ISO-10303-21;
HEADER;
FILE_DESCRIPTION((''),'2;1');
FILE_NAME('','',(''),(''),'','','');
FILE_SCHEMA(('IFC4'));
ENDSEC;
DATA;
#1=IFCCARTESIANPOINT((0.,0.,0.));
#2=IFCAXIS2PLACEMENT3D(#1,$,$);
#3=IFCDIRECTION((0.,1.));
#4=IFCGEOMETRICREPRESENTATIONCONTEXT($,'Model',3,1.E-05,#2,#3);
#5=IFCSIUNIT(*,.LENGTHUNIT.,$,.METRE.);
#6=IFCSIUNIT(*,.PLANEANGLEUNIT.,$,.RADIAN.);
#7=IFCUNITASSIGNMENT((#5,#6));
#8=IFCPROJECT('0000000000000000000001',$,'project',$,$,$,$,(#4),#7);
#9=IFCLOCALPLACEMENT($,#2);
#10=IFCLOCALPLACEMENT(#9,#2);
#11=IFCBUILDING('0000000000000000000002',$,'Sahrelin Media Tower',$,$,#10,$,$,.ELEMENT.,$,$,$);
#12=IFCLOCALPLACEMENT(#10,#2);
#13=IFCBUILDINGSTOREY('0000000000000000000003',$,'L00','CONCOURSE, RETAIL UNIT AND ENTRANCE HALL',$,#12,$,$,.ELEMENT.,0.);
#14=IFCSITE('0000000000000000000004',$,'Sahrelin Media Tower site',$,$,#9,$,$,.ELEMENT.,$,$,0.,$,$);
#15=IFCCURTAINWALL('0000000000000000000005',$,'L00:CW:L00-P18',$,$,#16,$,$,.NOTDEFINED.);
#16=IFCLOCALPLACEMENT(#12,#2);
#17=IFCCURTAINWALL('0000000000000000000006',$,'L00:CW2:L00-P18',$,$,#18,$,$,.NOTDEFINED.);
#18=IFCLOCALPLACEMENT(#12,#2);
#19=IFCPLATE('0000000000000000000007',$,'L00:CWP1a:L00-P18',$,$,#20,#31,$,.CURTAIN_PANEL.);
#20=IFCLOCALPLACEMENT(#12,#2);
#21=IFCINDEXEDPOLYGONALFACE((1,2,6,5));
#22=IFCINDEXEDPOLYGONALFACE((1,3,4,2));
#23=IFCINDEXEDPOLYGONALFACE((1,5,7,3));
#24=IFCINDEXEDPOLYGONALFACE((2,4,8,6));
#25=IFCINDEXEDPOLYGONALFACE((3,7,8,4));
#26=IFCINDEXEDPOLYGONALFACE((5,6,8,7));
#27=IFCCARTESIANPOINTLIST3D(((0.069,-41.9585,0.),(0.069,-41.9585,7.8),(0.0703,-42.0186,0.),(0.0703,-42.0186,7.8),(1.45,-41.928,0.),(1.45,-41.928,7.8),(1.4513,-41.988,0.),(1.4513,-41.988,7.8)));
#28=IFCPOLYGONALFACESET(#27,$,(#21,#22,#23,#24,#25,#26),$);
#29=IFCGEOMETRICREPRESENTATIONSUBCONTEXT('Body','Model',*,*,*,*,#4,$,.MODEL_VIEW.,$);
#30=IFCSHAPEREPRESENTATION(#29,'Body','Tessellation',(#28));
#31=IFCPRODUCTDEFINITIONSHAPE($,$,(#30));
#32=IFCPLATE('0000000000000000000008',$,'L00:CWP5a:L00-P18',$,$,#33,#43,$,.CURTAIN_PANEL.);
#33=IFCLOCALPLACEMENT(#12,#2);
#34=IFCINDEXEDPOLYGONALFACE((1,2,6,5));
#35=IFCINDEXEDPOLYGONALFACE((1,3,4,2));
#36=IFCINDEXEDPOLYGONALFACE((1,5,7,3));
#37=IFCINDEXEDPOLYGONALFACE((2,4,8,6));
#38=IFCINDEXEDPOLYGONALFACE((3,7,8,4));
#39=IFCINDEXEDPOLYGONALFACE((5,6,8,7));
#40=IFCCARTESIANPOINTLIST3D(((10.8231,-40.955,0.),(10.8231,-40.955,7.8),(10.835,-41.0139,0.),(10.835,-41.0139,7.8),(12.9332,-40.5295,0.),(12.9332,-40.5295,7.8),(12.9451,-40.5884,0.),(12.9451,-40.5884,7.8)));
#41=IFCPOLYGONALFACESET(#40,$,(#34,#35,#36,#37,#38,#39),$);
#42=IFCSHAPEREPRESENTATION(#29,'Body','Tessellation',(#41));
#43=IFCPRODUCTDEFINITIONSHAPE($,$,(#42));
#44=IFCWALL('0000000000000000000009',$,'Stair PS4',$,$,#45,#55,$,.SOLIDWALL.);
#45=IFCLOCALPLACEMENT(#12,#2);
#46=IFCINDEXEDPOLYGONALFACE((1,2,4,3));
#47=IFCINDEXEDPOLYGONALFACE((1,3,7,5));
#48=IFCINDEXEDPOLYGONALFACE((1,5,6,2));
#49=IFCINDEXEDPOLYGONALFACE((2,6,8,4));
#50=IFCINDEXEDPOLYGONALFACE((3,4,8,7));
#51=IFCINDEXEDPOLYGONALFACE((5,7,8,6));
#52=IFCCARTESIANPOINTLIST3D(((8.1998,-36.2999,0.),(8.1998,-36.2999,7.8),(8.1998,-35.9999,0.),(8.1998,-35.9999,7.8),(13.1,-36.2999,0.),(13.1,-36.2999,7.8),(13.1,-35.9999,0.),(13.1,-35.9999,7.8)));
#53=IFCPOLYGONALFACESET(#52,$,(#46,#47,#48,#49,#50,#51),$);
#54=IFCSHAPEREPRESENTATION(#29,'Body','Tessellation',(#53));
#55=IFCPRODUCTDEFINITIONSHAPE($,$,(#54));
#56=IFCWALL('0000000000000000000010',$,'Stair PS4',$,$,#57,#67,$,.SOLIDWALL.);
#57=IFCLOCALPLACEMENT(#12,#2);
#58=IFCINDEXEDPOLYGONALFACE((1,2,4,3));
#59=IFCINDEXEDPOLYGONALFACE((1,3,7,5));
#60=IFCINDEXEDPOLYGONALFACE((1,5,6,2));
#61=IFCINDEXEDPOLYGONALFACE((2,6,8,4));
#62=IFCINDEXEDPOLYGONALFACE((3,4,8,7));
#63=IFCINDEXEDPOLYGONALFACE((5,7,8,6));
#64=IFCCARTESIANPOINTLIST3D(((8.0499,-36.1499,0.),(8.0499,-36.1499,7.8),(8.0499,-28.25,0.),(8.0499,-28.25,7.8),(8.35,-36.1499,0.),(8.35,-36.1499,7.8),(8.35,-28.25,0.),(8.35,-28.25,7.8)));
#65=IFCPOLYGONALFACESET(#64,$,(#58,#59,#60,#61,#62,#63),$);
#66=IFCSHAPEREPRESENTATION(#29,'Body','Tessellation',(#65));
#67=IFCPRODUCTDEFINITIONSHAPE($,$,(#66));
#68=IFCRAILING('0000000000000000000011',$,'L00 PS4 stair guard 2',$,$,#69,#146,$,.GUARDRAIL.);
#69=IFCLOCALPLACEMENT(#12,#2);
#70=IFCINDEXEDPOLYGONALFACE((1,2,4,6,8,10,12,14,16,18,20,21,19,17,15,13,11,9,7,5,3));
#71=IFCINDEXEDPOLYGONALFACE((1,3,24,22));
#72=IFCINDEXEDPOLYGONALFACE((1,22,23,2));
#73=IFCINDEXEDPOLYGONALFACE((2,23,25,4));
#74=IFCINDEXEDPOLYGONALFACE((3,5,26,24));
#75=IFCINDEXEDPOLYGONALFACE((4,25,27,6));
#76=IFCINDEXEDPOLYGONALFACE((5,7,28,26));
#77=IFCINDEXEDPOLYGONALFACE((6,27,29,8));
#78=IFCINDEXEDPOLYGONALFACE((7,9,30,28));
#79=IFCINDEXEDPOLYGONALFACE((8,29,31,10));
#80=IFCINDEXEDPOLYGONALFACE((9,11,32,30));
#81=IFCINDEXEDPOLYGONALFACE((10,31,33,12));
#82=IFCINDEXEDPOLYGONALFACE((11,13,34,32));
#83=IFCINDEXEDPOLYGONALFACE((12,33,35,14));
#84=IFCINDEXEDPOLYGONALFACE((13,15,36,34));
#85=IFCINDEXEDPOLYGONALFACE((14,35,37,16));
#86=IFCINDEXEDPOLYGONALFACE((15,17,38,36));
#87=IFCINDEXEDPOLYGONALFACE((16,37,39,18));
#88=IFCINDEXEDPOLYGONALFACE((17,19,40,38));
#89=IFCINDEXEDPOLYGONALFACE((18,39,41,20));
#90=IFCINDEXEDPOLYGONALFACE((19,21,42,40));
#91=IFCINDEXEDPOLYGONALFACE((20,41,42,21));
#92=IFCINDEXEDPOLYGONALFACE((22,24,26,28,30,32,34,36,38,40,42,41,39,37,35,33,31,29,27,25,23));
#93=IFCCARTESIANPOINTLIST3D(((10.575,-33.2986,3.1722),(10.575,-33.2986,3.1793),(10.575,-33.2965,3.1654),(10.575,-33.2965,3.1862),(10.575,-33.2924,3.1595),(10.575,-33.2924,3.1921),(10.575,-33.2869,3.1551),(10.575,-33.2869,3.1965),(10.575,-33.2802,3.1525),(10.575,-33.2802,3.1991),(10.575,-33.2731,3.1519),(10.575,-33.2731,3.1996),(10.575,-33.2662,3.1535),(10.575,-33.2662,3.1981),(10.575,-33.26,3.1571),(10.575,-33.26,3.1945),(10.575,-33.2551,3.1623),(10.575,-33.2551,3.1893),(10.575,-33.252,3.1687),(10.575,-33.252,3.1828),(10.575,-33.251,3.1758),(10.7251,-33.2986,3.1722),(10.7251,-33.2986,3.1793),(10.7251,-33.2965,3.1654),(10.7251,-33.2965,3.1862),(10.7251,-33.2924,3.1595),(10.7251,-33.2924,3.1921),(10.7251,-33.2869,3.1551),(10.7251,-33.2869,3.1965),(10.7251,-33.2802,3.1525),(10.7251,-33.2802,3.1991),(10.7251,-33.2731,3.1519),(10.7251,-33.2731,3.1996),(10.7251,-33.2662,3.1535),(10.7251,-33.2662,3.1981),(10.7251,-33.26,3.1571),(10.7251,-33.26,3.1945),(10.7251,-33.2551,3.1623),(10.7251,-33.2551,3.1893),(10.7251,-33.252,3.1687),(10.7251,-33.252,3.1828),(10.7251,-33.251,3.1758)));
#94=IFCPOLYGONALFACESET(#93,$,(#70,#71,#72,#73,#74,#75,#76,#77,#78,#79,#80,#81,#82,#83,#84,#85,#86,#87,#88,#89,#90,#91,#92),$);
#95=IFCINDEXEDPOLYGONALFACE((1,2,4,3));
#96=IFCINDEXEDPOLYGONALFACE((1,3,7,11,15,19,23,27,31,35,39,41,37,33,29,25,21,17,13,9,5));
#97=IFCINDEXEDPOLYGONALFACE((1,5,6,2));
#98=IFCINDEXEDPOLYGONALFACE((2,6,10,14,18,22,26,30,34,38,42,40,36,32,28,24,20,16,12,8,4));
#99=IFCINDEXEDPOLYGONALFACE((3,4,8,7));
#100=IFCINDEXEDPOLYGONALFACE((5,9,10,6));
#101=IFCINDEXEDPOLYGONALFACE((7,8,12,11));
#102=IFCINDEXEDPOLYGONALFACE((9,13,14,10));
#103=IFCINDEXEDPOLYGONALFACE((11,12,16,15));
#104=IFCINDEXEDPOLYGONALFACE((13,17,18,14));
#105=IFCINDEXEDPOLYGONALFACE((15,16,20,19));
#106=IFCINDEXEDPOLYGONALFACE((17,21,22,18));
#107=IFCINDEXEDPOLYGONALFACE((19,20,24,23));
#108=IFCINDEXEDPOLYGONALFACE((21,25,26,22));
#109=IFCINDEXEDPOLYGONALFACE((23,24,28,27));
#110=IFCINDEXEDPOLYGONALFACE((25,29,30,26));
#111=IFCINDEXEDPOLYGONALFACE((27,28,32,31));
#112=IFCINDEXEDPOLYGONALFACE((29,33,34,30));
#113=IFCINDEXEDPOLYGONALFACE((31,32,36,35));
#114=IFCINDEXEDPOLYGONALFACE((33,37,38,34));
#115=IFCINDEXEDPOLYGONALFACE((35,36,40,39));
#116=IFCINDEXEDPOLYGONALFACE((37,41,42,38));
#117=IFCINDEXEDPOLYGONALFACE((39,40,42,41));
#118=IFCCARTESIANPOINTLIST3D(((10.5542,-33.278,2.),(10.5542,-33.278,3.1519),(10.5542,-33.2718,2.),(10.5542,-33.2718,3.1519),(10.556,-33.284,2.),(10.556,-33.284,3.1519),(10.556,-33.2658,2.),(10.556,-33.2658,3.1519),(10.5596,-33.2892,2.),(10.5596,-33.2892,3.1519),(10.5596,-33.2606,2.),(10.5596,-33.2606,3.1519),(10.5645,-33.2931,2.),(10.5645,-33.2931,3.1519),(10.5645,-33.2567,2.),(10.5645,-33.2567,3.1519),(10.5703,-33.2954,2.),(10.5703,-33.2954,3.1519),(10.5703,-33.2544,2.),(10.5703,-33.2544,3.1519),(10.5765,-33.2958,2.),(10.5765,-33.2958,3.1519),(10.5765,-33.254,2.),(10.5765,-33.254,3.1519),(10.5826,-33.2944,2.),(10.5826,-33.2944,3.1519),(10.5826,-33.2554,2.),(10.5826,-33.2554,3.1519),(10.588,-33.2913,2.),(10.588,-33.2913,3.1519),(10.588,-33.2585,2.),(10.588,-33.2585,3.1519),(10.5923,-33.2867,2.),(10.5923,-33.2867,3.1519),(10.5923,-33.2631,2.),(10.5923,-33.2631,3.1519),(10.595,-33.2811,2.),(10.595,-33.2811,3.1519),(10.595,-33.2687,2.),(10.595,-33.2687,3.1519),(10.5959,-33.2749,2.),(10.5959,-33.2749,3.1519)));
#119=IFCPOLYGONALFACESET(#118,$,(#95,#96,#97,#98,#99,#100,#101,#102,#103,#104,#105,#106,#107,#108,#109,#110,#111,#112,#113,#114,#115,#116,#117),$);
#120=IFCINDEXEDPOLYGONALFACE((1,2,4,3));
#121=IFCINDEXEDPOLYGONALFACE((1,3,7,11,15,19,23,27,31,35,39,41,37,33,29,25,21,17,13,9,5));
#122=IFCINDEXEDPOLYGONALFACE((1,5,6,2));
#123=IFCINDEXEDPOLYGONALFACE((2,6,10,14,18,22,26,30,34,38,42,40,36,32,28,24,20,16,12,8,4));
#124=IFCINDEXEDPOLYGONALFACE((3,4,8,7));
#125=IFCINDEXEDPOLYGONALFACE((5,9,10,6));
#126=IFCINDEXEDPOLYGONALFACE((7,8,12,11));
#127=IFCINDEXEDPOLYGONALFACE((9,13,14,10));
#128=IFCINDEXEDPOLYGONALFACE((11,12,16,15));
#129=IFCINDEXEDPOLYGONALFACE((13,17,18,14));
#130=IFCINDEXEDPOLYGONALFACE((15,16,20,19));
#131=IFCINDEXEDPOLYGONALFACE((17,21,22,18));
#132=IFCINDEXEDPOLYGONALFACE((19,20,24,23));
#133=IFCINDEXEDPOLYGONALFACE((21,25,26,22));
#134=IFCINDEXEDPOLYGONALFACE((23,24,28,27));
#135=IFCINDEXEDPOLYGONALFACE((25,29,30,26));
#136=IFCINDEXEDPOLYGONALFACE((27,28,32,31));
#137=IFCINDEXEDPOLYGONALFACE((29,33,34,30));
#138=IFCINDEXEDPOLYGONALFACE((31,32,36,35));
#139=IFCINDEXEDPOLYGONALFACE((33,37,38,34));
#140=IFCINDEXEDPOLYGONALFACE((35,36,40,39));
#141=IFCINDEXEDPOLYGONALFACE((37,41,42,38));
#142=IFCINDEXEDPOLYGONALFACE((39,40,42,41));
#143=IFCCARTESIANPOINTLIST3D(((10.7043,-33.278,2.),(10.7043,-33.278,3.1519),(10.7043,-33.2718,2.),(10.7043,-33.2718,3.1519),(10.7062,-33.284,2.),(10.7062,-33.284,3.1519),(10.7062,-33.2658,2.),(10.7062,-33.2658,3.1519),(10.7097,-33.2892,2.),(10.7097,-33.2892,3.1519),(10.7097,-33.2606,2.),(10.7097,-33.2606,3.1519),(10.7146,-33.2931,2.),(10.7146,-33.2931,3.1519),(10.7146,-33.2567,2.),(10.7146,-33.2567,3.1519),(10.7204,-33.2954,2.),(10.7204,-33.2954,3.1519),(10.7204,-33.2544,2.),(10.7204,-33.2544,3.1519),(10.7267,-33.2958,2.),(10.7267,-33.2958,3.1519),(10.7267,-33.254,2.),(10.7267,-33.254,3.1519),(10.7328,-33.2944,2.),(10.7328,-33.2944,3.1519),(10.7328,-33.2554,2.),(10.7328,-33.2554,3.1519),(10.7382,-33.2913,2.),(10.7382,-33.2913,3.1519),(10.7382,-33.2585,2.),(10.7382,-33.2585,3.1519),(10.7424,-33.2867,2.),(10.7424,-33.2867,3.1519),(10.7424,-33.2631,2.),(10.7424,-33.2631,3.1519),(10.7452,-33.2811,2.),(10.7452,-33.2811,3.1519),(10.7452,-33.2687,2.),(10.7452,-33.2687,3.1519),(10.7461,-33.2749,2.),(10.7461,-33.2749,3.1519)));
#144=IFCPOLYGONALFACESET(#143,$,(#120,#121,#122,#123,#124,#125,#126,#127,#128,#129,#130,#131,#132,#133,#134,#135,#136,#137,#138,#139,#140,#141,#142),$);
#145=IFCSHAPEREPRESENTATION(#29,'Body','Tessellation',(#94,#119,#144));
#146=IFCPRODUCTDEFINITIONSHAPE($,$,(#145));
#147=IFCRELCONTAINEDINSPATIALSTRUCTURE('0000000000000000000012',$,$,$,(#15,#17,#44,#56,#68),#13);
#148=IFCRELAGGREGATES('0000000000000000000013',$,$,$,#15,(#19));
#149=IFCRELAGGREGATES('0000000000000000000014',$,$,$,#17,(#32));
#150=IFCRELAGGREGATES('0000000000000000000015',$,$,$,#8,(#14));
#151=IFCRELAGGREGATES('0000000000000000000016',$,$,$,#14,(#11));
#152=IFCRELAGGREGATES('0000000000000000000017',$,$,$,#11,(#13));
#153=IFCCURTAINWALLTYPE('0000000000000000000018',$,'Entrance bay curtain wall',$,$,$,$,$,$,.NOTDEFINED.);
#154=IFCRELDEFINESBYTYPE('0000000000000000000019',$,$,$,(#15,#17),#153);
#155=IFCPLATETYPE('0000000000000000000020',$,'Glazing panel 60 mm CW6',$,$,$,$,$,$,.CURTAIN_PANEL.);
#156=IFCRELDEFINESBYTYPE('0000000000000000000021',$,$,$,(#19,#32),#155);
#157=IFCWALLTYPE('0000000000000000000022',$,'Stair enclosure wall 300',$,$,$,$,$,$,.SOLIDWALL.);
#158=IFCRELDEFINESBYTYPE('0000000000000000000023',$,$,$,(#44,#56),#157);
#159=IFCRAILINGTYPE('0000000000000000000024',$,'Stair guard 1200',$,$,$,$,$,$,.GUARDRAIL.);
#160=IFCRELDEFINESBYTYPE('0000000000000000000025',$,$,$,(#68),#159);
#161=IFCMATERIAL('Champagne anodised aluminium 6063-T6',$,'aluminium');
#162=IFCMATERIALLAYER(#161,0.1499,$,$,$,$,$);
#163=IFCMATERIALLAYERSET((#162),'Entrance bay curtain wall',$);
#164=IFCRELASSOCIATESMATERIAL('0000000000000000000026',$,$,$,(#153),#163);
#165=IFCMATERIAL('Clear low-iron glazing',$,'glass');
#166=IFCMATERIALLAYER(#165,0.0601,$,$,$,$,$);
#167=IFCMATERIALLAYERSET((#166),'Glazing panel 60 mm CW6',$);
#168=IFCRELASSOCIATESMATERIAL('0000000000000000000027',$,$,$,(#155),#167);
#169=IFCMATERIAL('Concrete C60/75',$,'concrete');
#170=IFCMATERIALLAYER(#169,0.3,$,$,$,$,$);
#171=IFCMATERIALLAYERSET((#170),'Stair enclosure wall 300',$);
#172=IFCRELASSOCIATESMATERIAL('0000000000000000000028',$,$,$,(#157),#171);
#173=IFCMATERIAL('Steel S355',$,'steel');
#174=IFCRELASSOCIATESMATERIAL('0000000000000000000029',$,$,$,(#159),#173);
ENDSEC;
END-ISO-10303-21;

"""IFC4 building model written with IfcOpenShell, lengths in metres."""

from ifc_helpers import new_model, si_unit, direction, frame, frame_2d, origin, origin_2d, place, context, subcontext, project, spatial, polyline, rectangle, circle, outline, extrude, material, layer, layer_set, type_object, element, aggregate, save


model = new_model("IFC4")

# Units and contexts
model_context = context("Model", 3, precision=1e-05, world=origin(), true_north=direction((0.0, 1.0)))
body_context = subcontext(model_context, "Body", "Model", "MODEL_VIEW")
ifc_project = project(units=[si_unit("LENGTHUNIT", "METRE"), si_unit("PLANEANGLEUNIT", "RADIAN")], contexts=[model_context])

# Site, building, storey
site_placement = place(None, origin())
site = spatial("IfcSite", under=ifc_project, at=site_placement, Name="Sahrelin Media Tower site", CompositionType="ELEMENT", RefElevation=0.0)
building_placement = place(site_placement, origin())
building = spatial("IfcBuilding", under=site, at=building_placement, Name="Sahrelin Media Tower", CompositionType="ELEMENT")
storey_placement = place(building_placement, origin())
storey = spatial("IfcBuildingStorey", under=building, at=storey_placement, Name="L00", Description="CONCOURSE, RETAIL UNIT AND ENTRANCE HALL", CompositionType="ELEMENT", Elevation=0.0)

# Shared definitions
ifc_material_1 = material(Name="Champagne anodised aluminium 6063-T6", Category="aluminium")

# Shared definitions
ifc_material_2 = material(Name="Steel S355", Category="steel")

# Curtain walls
ifc_layer_1 = layer(ifc_material_1, 0.1499)
ifc_layer_set_1 = layer_set([ifc_layer_1], Name="Entrance bay curtain wall")
curtain_wall_type_1 = type_object("IfcCurtainWallType", Name="Entrance bay curtain wall", PredefinedType="NOTDEFINED", material=ifc_layer_set_1)
curtain_wall_1_placement = place(storey_placement, frame((0.0, -42.0, 0.0), z_axis=(0.0, 0.0, 1.0), x_axis=(1.0, 0.0, 0.0)))
curtain_wall_1 = element("IfcCurtainWall", 1, at=curtain_wall_1_placement, inside=storey, type_object=curtain_wall_type_1, Name="L00:CW:L00-P18", PredefinedType="NOTDEFINED")
curtain_wall_2_placement = place(storey_placement, frame((10.8311, -40.9944, 0.0), z_axis=(0.0, 0.0, 1.0), x_axis=(1.0, 0.0, 0.0)))
curtain_wall_2 = element("IfcCurtainWall", 2, at=curtain_wall_2_placement, inside=storey, type_object=curtain_wall_type_1, Name="L00:CW2:L00-P18", PredefinedType="NOTDEFINED")

# Plates
ifc_material_3 = material(Name="Clear low-iron glazing", Category="glass")
ifc_layer_2 = layer(ifc_material_3, 0.0601)
ifc_layer_set_2 = layer_set([ifc_layer_2], Name="Glazing panel 60 mm CW6")
plate_type_1 = type_object("IfcPlateType", Name="Glazing panel 60 mm CW6", PredefinedType="CURTAIN_PANEL", material=ifc_layer_set_2)
plate_1_placement = place(storey_placement, frame((0.0703, -42.0186, 0.0), z_axis=(0.022091, -0.999756, 0.0), x_axis=(0.999756, 0.022091, 0.0)))
plate_1 = element("IfcPlate", 3, at=plate_1_placement, type_object=plate_type_1, Name="L00:CWP1a:L00-P18", PredefinedType="CURTAIN_PANEL", context=body_context, shape_type="SweptSolid", body=[
    extrude(outline(polyline([(0.0, 0.0), (1.3813, 0.0), (1.3813, 7.8), (0.0, 7.8), (0.0, 0.0)])), origin(), (0.0, 0.0, -1.0), 0.0601),
])
aggregate(curtain_wall_1, [plate_1])
plate_2_placement = place(storey_placement, frame((10.835, -41.0139, 0.0), z_axis=(0.197686, -0.980265, 0.0), x_axis=(0.980265, 0.197686, 0.0)))
plate_2 = element("IfcPlate", 4, at=plate_2_placement, type_object=plate_type_1, Name="L00:CWP5a:L00-P18", PredefinedType="CURTAIN_PANEL", context=body_context, shape_type="SweptSolid", body=[
    extrude(outline(polyline([(0.0, 0.0), (2.1526, 0.0), (2.1526, 7.8), (0.0, 7.8), (0.0, 0.0)])), origin(), (0.0, 0.0, -1.0), 0.0601),
])
aggregate(curtain_wall_2, [plate_2])

# Walls
ifc_material_4 = material(Name="Concrete C60/75", Category="concrete")
ifc_layer_3 = layer(ifc_material_4, 0.3)
ifc_layer_set_3 = layer_set([ifc_layer_3], Name="Stair enclosure wall 300")
wall_type_1 = type_object("IfcWallType", Name="Stair enclosure wall 300", PredefinedType="SOLIDWALL", material=ifc_layer_set_3)
wall_1_placement = place(storey_placement, frame((13.1001, -36.1499, 0.0), z_axis=(0.0, 0.0, 1.0), x_axis=(-1.0, 0.0, 0.0)))
element("IfcWall", 5, at=wall_1_placement, inside=storey, type_object=wall_type_1, Name="Stair PS4", PredefinedType="SOLIDWALL", context=body_context, shape_type="SweptSolid", body=[
    extrude(rectangle(XDim=4.9001, YDim=0.3, at=frame_2d((2.4502, 0.0))), origin(), (0.0, 0.0, 1.0), 7.8),
])
wall_2_placement = place(storey_placement, frame((8.2, -36.1499, 0.0), z_axis=(0.0, 0.0, 1.0), x_axis=(0.0, 1.0, 0.0)))
element("IfcWall", 6, at=wall_2_placement, inside=storey, type_object=wall_type_1, Name="Stair PS4", PredefinedType="SOLIDWALL", context=body_context, shape_type="SweptSolid", body=[
    extrude(rectangle(XDim=7.8999, YDim=0.3, at=frame_2d((3.95, 0.0))), origin(), (0.0, 0.0, 1.0), 7.8),
])

# Railing
railing_type_1 = type_object("IfcRailingType", Name="Stair guard 1200", PredefinedType="GUARDRAIL", material=ifc_material_2)
railing_1_placement = place(storey_placement, frame((10.575, -33.2749, 2.0)))
element("IfcRailing", 7, at=railing_1_placement, inside=storey, type_object=railing_type_1, Name="L00 PS4 stair guard 2", PredefinedType="GUARDRAIL", context=body_context, shape_type="SweptSolid", body=[
    extrude(circle(Radius=0.0239, at=origin_2d()), frame((0.0, 0.0, 1.1758), z_axis=(1.0, 0.0, 0.0), x_axis=(0.0, 1.0, 0.0)), (0.0, 0.0, 1.0), 0.1501),
    extrude(circle(Radius=0.021, at=origin_2d()), origin(), (0.0, 0.0, 1.0), 1.1519),
    extrude(circle(Radius=0.021, at=origin_2d()), frame((0.1501, 0.0, 0.0)), (0.0, 0.0, 1.0), 1.1519),
])

save(model, "model.ifc")
